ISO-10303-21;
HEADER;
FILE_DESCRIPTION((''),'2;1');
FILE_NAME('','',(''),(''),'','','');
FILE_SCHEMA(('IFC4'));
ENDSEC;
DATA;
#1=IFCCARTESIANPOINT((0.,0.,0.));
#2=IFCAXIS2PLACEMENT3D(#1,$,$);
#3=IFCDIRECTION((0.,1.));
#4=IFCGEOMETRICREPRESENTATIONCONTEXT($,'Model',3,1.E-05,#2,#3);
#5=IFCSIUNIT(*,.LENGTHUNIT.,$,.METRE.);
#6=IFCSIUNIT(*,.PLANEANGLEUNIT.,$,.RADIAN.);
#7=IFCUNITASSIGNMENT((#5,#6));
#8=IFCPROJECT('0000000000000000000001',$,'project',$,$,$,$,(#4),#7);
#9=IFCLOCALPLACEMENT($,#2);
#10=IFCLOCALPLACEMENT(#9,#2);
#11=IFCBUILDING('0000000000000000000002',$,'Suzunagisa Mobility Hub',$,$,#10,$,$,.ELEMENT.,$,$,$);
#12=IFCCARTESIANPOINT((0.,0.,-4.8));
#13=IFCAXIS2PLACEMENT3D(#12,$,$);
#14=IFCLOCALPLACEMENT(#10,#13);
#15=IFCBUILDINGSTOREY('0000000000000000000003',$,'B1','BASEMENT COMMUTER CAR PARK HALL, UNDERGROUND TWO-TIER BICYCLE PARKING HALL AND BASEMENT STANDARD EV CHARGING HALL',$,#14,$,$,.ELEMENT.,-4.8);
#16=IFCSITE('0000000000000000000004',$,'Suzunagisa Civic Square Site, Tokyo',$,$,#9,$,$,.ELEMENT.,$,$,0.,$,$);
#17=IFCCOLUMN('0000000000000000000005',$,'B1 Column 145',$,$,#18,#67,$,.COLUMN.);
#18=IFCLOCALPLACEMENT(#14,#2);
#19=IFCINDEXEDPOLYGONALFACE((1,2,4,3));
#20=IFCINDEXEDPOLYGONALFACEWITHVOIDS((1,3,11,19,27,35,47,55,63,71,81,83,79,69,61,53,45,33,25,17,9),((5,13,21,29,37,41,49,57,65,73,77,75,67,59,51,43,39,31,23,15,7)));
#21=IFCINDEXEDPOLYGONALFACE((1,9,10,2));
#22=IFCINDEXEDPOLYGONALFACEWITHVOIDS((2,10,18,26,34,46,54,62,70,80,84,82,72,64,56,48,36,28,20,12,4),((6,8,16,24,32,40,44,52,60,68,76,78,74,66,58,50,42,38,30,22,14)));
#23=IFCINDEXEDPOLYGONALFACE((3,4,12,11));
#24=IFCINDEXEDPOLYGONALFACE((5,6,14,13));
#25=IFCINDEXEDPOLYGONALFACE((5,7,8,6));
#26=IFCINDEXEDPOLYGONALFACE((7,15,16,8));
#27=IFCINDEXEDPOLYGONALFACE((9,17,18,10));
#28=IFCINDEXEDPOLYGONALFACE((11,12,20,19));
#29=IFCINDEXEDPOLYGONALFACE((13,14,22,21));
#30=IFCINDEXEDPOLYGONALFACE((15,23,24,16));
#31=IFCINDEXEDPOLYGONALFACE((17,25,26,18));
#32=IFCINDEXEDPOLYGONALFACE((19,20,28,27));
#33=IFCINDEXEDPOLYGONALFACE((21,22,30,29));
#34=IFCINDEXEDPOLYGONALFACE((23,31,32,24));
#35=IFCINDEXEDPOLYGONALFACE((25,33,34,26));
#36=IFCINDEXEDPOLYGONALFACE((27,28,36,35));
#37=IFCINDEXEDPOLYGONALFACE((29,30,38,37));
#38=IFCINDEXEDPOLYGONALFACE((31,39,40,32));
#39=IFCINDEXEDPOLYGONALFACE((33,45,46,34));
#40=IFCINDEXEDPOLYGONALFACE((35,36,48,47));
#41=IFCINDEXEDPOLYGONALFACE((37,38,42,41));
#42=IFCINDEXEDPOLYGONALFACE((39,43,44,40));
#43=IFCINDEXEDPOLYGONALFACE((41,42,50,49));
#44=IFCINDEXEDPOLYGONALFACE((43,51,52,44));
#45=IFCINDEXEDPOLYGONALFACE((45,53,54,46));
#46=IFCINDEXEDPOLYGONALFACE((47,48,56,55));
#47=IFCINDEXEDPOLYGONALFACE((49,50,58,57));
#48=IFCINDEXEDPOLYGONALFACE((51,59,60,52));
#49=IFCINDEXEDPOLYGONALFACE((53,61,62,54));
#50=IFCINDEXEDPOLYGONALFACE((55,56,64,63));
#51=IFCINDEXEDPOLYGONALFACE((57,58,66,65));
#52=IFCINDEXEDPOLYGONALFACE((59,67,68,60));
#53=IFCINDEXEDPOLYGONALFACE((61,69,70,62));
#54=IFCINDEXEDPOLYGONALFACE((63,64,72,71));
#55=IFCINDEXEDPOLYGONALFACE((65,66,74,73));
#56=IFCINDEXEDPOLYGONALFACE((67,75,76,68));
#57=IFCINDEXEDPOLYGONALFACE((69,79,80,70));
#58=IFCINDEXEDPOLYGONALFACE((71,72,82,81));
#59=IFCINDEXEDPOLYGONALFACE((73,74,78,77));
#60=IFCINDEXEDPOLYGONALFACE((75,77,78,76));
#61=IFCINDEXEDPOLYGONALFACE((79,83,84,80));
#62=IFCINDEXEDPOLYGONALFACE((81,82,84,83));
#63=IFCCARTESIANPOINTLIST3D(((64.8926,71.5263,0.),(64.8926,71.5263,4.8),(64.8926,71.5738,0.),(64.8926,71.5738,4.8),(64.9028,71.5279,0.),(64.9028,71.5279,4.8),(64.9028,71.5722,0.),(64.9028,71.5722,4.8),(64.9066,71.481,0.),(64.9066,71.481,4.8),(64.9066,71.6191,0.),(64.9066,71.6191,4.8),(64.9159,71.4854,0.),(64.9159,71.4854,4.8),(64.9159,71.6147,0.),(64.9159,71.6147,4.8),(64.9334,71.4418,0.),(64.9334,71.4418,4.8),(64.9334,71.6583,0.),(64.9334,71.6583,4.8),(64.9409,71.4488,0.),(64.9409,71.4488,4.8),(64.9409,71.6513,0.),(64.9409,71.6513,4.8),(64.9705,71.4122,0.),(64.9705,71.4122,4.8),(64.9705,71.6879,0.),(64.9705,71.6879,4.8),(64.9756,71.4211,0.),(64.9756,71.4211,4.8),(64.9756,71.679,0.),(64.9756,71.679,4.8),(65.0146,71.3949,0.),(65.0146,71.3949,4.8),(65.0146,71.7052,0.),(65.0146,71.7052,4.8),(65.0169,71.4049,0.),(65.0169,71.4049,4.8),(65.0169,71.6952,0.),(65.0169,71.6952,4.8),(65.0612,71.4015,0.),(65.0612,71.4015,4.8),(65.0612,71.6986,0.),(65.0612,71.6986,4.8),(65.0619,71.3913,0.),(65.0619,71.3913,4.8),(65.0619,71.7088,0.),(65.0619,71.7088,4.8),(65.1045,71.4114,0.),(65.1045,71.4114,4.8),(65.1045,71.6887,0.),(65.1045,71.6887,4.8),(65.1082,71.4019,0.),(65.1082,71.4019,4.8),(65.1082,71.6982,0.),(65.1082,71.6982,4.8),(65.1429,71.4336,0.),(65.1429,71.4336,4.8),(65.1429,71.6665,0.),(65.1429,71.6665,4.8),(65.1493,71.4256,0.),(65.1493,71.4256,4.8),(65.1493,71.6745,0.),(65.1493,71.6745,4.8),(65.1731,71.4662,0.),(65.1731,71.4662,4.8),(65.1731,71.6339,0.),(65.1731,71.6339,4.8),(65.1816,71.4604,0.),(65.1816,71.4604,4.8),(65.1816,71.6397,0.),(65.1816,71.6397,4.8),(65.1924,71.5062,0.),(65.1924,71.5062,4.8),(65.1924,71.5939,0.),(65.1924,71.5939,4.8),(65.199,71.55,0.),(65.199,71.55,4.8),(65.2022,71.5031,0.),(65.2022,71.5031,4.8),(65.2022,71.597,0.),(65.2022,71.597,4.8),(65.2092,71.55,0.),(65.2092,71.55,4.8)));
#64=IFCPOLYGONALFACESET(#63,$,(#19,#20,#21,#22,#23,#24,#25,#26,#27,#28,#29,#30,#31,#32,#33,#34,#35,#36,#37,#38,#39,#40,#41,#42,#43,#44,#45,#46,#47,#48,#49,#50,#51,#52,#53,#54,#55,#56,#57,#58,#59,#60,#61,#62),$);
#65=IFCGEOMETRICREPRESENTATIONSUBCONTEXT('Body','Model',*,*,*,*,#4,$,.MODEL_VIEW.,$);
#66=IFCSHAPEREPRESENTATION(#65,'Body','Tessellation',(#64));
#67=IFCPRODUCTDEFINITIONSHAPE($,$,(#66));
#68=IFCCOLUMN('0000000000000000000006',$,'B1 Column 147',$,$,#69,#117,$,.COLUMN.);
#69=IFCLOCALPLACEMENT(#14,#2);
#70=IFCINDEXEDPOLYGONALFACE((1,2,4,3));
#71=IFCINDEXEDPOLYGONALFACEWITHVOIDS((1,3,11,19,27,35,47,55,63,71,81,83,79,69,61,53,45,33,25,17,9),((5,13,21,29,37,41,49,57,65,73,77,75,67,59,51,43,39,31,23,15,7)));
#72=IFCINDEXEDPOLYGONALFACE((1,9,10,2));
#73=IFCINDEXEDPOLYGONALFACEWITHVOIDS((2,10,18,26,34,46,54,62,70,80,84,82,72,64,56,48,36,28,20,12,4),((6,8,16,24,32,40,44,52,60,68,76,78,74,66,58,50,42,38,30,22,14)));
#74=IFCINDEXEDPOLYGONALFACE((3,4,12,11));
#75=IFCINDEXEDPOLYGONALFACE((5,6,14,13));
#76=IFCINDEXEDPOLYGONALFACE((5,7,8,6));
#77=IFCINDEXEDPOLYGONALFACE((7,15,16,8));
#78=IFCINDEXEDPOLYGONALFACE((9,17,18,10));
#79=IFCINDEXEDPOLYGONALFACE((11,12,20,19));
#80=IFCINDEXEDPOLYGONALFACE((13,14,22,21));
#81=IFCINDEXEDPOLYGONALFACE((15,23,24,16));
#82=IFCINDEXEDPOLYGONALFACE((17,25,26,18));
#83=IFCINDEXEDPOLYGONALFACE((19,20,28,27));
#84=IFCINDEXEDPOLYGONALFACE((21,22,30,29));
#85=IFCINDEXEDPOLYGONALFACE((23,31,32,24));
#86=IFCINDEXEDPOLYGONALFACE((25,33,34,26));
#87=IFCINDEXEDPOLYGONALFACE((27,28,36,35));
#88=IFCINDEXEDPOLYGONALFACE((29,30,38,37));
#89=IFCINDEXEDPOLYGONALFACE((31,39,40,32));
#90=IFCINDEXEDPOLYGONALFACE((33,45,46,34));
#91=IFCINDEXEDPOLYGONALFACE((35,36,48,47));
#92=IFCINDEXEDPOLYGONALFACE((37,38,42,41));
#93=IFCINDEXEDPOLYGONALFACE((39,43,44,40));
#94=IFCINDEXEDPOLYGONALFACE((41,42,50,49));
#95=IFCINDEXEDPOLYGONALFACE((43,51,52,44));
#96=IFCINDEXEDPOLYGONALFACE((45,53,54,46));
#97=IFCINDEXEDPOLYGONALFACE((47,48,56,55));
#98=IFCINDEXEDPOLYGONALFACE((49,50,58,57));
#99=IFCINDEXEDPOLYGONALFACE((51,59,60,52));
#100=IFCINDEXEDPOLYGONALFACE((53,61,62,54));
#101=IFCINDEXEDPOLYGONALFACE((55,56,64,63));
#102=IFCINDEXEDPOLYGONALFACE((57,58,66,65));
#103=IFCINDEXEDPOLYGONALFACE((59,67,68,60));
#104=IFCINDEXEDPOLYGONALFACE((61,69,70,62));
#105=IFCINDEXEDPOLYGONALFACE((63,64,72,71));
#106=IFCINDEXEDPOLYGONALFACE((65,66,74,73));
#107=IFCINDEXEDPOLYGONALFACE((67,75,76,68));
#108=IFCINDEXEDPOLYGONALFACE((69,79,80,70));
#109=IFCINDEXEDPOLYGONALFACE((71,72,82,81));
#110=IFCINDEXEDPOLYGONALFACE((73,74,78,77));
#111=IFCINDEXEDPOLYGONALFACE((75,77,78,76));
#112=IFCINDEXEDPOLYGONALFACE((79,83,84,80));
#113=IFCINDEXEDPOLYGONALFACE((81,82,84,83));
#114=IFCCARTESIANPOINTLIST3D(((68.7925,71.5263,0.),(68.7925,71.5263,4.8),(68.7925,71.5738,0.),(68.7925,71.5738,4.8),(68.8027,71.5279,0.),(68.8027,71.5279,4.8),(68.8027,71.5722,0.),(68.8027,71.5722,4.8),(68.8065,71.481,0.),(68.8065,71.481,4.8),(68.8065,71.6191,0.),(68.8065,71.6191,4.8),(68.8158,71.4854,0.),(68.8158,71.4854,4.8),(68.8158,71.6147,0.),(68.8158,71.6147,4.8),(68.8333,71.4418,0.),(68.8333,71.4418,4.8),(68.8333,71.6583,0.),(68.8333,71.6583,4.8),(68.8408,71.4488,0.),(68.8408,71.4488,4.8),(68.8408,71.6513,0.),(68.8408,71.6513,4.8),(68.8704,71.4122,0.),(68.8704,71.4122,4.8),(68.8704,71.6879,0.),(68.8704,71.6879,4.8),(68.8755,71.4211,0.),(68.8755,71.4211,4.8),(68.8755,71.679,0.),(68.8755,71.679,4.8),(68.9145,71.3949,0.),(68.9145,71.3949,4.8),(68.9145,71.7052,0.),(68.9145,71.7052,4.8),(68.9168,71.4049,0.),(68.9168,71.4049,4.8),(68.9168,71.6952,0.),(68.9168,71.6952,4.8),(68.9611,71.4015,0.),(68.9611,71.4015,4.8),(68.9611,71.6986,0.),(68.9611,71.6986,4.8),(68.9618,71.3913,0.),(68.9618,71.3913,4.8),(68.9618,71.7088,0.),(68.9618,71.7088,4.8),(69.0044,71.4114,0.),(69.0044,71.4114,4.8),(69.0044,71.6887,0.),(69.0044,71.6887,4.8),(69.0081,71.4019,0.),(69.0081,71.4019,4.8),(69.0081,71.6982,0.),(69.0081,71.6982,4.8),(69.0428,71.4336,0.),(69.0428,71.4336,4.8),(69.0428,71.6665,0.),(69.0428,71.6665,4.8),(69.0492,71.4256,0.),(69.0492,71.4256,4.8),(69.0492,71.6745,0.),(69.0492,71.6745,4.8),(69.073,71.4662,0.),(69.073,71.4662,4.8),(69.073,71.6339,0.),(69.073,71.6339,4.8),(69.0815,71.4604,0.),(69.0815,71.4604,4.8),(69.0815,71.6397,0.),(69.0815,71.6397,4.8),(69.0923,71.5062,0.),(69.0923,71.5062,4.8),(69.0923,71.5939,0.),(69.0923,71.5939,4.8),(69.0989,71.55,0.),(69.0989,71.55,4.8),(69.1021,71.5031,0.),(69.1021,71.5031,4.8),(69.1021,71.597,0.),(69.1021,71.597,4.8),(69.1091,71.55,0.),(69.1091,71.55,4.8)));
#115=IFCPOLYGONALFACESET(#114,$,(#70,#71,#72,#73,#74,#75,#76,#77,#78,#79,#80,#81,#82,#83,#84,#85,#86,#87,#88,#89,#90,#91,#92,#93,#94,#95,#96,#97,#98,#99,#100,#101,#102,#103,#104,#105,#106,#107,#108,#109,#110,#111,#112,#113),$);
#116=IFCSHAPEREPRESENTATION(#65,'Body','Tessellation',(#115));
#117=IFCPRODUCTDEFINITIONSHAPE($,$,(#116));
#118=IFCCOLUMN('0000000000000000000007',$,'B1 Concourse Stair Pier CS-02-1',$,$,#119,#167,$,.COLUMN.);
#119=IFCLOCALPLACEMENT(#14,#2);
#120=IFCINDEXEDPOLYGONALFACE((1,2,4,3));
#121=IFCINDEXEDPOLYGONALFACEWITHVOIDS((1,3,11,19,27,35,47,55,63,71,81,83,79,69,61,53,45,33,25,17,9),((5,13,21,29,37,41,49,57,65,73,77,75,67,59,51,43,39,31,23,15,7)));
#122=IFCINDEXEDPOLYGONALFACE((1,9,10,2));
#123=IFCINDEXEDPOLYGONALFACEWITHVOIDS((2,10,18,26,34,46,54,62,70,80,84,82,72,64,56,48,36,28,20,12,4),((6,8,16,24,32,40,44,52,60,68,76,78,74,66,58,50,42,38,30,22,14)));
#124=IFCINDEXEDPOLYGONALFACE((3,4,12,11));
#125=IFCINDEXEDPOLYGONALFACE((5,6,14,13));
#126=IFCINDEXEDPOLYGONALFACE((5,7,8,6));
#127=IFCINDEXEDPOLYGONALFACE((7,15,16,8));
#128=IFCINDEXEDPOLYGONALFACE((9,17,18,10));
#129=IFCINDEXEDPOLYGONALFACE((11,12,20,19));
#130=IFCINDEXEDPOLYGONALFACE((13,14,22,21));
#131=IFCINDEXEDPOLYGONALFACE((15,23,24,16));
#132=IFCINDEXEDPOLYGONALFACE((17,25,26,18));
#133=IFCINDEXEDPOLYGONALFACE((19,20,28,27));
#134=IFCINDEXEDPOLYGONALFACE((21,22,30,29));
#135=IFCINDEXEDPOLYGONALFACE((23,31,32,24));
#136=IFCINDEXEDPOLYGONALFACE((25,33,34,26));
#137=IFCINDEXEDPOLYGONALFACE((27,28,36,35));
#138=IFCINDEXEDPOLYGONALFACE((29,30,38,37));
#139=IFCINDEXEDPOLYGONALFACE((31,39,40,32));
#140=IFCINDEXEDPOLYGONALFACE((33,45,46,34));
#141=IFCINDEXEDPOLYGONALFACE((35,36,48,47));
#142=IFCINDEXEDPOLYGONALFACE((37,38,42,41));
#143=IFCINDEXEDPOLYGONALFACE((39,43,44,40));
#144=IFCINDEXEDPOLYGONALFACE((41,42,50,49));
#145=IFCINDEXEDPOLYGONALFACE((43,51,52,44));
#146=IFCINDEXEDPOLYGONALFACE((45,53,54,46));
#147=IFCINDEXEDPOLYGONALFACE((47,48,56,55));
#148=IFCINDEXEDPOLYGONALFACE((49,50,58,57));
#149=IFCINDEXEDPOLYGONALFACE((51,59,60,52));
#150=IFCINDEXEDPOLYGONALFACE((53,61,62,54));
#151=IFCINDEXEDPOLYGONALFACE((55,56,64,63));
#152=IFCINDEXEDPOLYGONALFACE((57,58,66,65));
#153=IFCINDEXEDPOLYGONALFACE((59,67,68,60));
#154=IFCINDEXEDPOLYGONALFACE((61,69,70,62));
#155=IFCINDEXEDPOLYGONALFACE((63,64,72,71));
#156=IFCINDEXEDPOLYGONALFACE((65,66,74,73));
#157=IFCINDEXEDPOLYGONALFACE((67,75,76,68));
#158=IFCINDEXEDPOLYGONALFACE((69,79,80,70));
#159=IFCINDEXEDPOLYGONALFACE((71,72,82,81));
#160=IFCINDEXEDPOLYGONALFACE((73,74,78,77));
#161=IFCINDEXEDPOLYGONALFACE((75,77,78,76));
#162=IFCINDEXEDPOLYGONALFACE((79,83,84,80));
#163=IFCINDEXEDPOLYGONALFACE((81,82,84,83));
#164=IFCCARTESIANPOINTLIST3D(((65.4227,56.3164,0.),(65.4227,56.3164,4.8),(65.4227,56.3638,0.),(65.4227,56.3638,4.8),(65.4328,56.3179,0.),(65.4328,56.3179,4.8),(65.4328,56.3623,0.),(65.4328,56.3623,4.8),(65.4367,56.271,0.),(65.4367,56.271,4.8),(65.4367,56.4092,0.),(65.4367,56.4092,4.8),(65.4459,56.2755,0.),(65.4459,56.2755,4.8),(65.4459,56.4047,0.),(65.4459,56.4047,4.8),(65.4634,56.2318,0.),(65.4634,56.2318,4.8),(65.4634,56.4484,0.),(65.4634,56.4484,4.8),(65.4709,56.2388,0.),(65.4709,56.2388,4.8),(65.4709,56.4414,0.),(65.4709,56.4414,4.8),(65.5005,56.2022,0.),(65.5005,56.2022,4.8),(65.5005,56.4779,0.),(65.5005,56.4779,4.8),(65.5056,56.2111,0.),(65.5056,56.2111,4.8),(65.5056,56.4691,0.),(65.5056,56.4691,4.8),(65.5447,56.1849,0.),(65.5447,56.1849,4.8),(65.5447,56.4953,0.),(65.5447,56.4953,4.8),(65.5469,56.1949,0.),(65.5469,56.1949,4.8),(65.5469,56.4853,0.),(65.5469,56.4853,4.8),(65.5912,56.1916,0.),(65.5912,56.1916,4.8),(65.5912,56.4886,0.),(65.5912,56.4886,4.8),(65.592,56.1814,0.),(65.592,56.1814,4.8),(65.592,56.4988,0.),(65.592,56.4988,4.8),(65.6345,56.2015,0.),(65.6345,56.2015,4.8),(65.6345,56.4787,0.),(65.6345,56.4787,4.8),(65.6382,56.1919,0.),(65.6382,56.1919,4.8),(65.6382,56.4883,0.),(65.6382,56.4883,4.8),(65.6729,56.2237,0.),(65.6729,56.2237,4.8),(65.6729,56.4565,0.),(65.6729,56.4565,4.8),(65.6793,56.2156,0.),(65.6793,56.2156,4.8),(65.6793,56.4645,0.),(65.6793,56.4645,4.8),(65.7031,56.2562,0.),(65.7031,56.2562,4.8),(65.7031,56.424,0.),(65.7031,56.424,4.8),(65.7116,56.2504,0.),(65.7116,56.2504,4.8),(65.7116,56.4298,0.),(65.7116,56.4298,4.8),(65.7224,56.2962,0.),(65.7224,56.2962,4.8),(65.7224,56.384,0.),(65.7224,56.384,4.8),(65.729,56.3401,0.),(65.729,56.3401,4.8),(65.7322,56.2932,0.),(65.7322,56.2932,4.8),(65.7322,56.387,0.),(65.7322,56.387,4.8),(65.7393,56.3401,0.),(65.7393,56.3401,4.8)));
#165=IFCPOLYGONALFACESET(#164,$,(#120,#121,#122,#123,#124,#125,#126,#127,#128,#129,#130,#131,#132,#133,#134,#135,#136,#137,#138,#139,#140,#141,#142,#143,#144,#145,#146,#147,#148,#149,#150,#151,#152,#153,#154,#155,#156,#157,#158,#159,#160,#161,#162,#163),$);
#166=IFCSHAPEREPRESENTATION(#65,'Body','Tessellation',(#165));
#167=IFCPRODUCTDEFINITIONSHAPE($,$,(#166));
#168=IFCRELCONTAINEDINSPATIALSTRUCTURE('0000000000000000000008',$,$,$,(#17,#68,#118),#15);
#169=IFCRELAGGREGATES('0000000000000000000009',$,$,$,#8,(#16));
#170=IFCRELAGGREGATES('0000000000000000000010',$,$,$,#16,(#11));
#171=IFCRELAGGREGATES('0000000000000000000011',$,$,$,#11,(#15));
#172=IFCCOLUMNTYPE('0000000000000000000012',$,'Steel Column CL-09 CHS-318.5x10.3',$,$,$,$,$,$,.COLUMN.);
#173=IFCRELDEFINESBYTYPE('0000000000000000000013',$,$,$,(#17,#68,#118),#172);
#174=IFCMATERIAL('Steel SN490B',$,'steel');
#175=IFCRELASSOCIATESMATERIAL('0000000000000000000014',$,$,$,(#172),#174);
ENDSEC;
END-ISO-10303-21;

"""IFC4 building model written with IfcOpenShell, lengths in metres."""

from ifc_helpers import new_model, si_unit, direction, frame, origin, origin_2d, place, context, subcontext, project, spatial, hollow_circle, extrude, material, material_profile, profile_set, type_object, element, save


model = new_model("IFC4")

# Units and contexts
model_context = context("Model", 3, precision=1e-05, world=origin(), true_north=direction((0.0, 1.0)))
body_context = subcontext(model_context, "Body", "Model", "MODEL_VIEW")
ifc_project = project(units=[si_unit("LENGTHUNIT", "METRE"), si_unit("PLANEANGLEUNIT", "RADIAN")], contexts=[model_context])

# Site, building, storey
site_placement = place(None, origin())
site = spatial("IfcSite", under=ifc_project, at=site_placement, Name="Suzunagisa Civic Square Site, Tokyo", CompositionType="ELEMENT", RefElevation=0.0)
building_placement = place(site_placement, origin())
building = spatial("IfcBuilding", under=site, at=building_placement, Name="Suzunagisa Mobility Hub", CompositionType="ELEMENT")
storey_placement = place(building_placement, frame((0.0, 0.0, -4.8)))
storey = spatial("IfcBuildingStorey", under=building, at=storey_placement, Name="B1", Description="BASEMENT COMMUTER CAR PARK HALL, UNDERGROUND TWO-TIER BICYCLE PARKING HALL AND BASEMENT STANDARD EV CHARGING HALL", CompositionType="ELEMENT", Elevation=-4.8)

# Columns
ifc_material_1 = material(Name="Steel SN490B", Category="steel")
ifc_material_profile_1 = material_profile(ifc_material_1, hollow_circle(Radius=0.1592, WallThickness=0.0103, at=origin_2d()), Name="CHS-318.5x10.3")
ifc_profile_set_1 = profile_set([ifc_material_profile_1], Name="Steel SN490B")
column_type_1 = type_object("IfcColumnType", Name="Steel Column CL-09 CHS-318.5x10.3", PredefinedType="COLUMN", material=ifc_profile_set_1)
for number, where, z_axis, x_axis, name in (
    (1, (65.05, 71.55, 0.0), (0.0, 0.0, 1.0), (1.0, 0.0, 0.0), "B1 Column 145"),
    (2, (68.95, 71.55, 0.0), (0.0, 0.0, 1.0), (1.0, 0.0, 0.0), "B1 Column 147"),
    (3, (65.5801, 56.3401, 0.0), (0.0, 0.0, 1.0), (1.0, 0.0, 0.0), "B1 Concourse Stair Pier CS-02-1"),
):
    element("IfcColumn", number, at=place(storey_placement, frame(where, z_axis=z_axis, x_axis=x_axis)), inside=storey, type_object=column_type_1, Name=name, PredefinedType="COLUMN", context=body_context, shape_type="SweptSolid", body=[
        extrude(hollow_circle(Radius=0.1592, WallThickness=0.0103, at=origin_2d()), origin(), (0.0, 0.0, 1.0), 4.8),
    ])

save(model, "model.ifc")
